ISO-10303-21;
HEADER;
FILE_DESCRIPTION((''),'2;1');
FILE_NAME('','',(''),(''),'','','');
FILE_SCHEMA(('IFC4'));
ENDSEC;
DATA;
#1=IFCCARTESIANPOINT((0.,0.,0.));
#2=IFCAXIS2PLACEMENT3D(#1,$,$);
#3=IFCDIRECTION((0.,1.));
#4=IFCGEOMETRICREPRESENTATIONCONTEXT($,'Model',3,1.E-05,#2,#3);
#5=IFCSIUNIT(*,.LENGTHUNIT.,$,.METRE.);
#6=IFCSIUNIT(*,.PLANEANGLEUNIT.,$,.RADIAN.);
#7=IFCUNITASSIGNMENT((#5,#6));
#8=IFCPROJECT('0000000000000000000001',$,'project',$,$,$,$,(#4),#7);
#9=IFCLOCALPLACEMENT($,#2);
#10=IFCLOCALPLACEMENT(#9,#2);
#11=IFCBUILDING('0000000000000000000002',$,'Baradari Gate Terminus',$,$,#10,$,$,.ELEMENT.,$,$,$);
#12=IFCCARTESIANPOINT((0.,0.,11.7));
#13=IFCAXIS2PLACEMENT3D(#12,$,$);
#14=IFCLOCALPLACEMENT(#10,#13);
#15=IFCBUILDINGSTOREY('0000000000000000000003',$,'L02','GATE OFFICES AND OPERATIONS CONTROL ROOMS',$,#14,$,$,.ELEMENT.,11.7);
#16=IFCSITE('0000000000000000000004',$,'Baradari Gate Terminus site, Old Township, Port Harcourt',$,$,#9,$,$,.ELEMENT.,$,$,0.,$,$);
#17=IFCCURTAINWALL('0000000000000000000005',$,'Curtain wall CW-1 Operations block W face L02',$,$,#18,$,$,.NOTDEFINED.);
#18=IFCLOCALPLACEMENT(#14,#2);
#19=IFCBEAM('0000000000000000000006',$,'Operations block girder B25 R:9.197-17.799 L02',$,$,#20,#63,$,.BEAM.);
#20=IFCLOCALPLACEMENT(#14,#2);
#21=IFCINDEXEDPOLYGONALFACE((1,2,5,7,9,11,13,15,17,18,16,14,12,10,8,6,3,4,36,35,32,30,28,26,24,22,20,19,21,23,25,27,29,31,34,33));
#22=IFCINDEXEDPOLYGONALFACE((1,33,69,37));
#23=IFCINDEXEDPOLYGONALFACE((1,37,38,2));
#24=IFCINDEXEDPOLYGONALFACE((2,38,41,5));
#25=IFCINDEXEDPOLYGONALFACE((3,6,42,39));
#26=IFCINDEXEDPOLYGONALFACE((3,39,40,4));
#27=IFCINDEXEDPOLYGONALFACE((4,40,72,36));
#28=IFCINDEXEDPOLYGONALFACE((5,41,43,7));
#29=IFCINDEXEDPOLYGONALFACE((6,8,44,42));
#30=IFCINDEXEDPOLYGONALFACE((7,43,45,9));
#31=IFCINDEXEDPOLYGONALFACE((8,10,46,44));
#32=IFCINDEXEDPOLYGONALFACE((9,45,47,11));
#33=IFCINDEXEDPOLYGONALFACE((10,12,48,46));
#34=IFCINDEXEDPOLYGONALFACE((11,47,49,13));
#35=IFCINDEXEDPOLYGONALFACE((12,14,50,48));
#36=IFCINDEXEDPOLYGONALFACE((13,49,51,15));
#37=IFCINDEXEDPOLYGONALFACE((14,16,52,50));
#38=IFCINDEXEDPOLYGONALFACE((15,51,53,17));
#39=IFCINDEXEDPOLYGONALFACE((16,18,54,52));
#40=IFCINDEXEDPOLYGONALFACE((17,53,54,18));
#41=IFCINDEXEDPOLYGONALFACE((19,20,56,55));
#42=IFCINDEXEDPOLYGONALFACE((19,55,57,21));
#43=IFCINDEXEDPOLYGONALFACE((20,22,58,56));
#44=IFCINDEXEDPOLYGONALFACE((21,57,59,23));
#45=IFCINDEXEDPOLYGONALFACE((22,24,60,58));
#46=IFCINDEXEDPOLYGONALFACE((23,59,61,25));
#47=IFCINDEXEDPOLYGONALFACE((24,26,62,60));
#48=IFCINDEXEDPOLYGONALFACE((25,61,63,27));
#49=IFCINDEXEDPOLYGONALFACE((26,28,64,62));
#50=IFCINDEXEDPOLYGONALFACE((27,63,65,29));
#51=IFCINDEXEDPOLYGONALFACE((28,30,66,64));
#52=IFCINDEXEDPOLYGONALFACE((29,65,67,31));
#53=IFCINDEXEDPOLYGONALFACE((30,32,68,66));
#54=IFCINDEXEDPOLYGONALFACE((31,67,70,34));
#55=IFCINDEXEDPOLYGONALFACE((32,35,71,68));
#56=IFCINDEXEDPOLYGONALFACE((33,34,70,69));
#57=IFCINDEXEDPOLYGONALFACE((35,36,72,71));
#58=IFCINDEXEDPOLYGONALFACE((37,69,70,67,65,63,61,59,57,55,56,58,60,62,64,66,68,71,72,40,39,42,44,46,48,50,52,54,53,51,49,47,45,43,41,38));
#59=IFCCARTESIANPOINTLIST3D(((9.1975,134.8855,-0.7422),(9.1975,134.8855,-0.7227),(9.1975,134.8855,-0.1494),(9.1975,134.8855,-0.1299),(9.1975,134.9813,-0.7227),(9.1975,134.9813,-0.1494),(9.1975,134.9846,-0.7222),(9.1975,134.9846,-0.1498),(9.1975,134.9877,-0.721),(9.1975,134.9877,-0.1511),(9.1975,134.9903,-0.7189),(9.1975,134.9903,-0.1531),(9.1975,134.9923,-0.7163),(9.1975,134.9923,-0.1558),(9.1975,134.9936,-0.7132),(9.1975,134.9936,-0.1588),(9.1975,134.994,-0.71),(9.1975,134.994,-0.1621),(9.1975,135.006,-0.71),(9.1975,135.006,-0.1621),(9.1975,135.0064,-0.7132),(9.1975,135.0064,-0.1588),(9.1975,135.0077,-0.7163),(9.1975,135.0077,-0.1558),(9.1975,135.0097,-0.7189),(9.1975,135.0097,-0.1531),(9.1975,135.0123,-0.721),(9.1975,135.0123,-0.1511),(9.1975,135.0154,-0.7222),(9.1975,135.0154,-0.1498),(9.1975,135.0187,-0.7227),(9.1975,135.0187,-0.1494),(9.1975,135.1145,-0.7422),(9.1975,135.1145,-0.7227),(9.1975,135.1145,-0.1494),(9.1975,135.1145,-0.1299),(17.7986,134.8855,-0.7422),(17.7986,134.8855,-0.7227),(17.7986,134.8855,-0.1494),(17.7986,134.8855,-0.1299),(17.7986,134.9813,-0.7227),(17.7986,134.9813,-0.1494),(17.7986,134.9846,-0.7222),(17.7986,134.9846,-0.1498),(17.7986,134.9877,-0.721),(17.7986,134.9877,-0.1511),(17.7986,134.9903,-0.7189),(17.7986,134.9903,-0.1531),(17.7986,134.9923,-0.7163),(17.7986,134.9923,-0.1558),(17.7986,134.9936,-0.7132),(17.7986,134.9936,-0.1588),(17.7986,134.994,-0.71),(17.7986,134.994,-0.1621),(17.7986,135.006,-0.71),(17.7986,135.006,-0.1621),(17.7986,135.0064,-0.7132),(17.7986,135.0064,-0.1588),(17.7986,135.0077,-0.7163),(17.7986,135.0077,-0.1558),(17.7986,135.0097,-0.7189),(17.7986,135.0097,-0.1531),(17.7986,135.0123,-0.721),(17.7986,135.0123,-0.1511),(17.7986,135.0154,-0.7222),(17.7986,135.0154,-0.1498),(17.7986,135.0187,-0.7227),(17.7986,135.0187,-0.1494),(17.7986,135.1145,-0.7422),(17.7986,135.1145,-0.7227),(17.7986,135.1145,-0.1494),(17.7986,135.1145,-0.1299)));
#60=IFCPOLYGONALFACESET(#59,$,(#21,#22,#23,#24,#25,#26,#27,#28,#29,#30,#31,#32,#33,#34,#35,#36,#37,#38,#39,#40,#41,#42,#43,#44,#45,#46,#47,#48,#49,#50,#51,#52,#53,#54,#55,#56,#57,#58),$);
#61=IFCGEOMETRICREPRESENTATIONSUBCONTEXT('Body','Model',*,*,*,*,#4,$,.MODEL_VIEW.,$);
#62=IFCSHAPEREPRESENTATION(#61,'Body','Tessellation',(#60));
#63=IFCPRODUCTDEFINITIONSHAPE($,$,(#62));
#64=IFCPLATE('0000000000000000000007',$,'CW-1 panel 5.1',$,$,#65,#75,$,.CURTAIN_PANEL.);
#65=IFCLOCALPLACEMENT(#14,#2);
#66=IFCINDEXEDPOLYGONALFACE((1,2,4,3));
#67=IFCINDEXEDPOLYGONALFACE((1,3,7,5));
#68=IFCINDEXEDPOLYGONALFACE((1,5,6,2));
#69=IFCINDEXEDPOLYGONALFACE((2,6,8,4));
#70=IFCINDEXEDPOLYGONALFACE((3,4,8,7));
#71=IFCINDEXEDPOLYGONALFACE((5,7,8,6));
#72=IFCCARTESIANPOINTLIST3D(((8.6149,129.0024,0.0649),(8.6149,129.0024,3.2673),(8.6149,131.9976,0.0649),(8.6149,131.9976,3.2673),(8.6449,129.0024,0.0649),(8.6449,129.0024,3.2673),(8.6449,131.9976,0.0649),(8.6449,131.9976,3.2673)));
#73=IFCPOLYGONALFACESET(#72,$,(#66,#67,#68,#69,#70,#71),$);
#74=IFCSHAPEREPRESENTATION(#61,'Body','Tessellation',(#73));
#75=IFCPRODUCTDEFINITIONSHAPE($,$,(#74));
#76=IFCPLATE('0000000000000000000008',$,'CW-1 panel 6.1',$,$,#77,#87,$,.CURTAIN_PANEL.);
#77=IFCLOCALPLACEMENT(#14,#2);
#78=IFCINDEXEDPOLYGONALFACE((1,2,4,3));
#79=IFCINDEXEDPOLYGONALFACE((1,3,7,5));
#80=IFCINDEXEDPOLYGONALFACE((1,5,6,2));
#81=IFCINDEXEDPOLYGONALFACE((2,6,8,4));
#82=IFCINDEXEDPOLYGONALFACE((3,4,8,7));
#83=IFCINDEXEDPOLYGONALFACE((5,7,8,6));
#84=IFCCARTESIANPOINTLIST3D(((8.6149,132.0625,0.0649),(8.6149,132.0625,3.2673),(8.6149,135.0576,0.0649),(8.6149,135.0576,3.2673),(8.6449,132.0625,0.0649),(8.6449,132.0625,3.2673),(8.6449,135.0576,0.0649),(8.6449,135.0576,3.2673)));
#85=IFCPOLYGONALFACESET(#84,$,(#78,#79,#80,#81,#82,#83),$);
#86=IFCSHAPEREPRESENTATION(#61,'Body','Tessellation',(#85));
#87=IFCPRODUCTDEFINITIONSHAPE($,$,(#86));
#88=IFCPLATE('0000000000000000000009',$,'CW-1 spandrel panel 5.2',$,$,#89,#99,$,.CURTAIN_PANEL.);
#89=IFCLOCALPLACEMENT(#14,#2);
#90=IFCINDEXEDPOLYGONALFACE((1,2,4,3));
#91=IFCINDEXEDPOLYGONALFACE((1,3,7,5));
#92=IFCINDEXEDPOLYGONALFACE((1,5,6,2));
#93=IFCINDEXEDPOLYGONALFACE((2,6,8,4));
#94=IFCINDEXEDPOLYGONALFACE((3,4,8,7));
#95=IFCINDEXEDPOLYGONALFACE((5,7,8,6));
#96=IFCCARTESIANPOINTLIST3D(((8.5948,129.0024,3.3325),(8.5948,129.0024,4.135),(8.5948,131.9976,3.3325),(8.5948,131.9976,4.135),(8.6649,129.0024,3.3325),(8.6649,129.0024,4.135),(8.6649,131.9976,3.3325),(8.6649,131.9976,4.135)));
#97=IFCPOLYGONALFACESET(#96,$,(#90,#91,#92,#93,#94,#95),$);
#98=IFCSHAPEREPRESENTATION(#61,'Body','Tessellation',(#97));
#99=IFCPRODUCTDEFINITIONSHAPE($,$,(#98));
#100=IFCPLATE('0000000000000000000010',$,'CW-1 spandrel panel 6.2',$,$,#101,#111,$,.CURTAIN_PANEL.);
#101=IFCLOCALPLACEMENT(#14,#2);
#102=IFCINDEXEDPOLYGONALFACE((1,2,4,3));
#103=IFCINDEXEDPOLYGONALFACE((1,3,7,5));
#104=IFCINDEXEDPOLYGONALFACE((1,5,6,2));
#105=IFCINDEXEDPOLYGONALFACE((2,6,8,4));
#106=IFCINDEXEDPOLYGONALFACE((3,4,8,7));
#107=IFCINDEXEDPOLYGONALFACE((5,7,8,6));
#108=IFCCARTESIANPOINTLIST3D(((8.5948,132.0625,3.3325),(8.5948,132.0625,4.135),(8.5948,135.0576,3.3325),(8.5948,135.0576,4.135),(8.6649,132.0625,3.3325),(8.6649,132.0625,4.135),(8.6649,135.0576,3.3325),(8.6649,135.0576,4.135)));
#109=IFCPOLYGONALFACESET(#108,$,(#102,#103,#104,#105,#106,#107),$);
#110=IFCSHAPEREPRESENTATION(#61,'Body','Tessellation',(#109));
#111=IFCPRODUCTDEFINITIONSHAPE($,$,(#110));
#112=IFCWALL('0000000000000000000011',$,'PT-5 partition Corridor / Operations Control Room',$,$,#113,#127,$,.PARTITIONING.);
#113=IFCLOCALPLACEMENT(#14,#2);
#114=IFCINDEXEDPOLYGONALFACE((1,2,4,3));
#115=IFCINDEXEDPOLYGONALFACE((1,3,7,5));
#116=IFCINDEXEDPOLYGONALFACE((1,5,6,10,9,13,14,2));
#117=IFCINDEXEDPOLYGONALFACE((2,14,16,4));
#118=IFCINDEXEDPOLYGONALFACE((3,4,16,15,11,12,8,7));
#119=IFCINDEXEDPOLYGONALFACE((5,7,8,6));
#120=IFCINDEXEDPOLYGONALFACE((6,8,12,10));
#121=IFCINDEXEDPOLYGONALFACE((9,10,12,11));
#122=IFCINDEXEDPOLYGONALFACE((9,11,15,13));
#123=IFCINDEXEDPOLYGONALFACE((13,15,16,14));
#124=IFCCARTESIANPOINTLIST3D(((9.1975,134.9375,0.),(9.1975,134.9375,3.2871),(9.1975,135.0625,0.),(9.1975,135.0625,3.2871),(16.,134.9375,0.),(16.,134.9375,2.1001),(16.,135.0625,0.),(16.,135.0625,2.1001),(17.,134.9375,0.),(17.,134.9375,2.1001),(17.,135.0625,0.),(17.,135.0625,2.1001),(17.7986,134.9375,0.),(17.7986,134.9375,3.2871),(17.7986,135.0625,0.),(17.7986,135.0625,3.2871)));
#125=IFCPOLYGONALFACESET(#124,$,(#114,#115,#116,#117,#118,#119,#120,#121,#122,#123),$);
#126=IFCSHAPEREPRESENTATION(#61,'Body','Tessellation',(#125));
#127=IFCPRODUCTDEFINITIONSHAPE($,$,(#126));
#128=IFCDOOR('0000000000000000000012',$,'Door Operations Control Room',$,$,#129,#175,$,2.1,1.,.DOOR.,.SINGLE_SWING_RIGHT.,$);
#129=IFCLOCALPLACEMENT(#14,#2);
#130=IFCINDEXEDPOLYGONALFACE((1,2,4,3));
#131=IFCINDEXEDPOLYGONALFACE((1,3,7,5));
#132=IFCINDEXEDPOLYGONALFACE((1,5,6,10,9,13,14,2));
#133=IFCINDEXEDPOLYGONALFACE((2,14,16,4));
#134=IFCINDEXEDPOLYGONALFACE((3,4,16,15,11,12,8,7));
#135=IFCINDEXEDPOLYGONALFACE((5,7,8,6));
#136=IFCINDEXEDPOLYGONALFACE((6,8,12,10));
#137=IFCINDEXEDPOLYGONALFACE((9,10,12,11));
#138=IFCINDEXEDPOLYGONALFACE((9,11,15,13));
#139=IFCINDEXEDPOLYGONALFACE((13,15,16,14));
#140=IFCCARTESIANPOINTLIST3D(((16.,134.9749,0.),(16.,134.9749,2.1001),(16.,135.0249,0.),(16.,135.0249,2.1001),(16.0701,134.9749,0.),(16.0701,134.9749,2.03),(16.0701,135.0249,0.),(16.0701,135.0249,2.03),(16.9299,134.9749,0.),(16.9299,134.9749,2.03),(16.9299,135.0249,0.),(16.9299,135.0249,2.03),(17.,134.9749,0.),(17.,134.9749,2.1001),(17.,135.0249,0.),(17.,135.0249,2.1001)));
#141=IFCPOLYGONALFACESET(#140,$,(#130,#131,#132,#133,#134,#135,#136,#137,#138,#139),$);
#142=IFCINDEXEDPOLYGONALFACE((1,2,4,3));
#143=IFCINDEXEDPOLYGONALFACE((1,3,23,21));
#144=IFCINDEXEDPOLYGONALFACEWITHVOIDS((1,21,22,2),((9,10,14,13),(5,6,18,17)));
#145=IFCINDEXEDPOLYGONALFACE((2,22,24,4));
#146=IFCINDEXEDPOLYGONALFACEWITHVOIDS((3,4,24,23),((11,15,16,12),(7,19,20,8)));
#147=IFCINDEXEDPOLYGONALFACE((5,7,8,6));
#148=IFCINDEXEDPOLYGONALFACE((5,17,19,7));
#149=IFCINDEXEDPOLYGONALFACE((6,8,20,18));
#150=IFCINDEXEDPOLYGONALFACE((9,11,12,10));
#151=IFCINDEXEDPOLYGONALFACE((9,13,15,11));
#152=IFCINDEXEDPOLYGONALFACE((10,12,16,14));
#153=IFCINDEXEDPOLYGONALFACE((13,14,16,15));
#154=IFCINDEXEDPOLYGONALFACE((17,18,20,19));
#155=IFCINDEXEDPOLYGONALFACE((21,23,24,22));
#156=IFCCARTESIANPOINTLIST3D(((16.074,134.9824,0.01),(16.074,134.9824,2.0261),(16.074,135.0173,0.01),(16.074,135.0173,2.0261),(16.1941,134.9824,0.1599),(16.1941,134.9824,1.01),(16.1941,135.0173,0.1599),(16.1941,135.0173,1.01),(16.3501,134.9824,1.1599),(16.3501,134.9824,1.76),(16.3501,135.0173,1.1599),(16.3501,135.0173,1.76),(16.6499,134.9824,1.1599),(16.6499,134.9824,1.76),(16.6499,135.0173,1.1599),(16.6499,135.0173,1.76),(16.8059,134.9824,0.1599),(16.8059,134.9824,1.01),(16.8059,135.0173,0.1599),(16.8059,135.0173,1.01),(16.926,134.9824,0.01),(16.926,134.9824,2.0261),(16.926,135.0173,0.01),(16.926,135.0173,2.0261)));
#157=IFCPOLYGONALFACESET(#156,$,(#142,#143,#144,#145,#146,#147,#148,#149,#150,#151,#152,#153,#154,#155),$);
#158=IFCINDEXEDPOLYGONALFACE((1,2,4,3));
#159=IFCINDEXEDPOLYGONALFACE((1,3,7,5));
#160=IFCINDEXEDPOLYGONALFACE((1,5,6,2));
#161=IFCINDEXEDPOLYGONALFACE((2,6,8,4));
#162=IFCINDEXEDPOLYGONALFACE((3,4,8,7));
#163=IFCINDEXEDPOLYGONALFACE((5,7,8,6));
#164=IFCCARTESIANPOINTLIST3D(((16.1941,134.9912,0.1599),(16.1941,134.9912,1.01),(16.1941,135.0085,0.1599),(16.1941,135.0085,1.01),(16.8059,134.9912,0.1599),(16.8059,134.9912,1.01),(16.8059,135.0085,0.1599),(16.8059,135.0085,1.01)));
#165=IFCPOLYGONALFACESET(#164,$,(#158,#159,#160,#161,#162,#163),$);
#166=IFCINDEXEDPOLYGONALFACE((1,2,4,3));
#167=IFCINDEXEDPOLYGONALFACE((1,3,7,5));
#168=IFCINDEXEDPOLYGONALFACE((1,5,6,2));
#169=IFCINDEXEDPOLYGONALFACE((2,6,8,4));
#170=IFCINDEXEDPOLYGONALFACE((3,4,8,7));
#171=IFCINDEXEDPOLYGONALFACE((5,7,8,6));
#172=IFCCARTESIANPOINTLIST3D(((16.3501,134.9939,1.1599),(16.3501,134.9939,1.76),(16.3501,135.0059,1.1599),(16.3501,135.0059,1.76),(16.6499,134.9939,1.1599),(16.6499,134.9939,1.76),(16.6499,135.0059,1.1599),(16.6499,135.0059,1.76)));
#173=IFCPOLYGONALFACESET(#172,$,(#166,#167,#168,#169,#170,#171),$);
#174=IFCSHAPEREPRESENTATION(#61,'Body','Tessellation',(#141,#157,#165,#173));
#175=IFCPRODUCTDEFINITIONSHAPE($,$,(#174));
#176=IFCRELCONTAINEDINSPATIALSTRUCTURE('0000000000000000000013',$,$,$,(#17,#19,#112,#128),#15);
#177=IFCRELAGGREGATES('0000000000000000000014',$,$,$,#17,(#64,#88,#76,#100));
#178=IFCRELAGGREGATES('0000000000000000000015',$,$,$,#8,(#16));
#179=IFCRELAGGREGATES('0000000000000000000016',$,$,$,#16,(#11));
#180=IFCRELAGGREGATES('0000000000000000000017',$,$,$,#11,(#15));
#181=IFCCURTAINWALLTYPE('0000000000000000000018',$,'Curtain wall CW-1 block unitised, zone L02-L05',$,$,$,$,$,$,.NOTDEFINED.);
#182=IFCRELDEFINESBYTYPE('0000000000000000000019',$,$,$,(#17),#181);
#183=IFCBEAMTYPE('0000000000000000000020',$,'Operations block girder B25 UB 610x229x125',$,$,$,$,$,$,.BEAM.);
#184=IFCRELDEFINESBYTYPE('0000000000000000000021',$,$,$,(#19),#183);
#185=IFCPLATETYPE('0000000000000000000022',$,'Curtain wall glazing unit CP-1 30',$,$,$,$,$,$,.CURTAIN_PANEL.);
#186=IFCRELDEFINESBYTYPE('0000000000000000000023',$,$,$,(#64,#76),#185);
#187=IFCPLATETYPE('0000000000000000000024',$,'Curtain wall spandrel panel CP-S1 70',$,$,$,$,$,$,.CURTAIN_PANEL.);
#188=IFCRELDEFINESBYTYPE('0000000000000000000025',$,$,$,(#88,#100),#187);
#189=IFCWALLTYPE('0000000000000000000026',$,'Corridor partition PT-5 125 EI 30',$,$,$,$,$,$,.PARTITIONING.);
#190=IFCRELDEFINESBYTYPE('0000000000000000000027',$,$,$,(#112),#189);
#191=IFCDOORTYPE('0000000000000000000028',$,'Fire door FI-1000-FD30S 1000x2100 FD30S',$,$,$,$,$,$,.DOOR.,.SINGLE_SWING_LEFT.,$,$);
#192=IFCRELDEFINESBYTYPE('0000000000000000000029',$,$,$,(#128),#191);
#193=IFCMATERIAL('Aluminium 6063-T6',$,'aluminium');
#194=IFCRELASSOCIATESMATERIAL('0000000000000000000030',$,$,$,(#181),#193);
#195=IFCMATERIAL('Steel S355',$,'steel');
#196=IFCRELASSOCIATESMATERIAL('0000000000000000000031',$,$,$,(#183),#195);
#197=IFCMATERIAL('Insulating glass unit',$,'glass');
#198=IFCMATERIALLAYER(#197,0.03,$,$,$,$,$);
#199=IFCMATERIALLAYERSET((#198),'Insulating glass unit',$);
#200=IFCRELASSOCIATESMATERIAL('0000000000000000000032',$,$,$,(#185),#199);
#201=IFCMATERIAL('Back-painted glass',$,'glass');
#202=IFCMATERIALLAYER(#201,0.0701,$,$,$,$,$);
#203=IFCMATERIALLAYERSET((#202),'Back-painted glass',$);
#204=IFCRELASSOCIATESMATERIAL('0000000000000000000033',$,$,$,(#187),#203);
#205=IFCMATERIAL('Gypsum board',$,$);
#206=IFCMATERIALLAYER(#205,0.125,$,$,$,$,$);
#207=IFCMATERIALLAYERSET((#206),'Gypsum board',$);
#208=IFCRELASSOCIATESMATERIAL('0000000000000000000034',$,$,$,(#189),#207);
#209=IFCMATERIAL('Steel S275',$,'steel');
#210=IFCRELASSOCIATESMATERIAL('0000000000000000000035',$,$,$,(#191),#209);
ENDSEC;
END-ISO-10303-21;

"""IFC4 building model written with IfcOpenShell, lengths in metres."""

from ifc_helpers import new_model, si_unit, direction, frame, frame_2d, origin, origin_2d, place, context, subcontext, project, spatial, polyline, rectangle, i_section, outline, extrude, material, layer, layer_set, material_profile, profile_set, type_object, element, fill, aggregate, save


model = new_model("IFC4")

# Units and contexts
model_context = context("Model", 3, precision=1e-05, world=origin(), true_north=direction((0.0, 1.0)))
body_context = subcontext(model_context, "Body", "Model", "MODEL_VIEW")
ifc_project = project(units=[si_unit("LENGTHUNIT", "METRE"), si_unit("PLANEANGLEUNIT", "RADIAN")], contexts=[model_context])

# Site, building, storey
site_placement = place(None, origin())
site = spatial("IfcSite", under=ifc_project, at=site_placement, Name="Baradari Gate Terminus site, Old Township, Port Harcourt", CompositionType="ELEMENT", RefElevation=0.0)
building_placement = place(site_placement, origin())
building = spatial("IfcBuilding", under=site, at=building_placement, Name="Baradari Gate Terminus", CompositionType="ELEMENT")
storey_placement = place(building_placement, frame((0.0, 0.0, 11.7)))
storey = spatial("IfcBuildingStorey", under=building, at=storey_placement, Name="L02", Description="GATE OFFICES AND OPERATIONS CONTROL ROOMS", CompositionType="ELEMENT", Elevation=11.7)

# Curtain wall
ifc_material_1 = material(Name="Aluminium 6063-T6", Category="aluminium")
curtain_wall_type = type_object("IfcCurtainWallType", Name="Curtain wall CW-1 block unitised, zone L02-L05", PredefinedType="NOTDEFINED", material=ifc_material_1)
curtain_wall_placement = place(storey_placement, origin())
curtain_wall = element("IfcCurtainWall", 1, at=curtain_wall_placement, inside=storey, type_object=curtain_wall_type, Name="Curtain wall CW-1 Operations block W face L02", PredefinedType="NOTDEFINED")

# Beam
ifc_material_2 = material(Name="Steel S355", Category="steel")
ifc_material_profile_1 = material_profile(ifc_material_2, i_section(OverallWidth=0.229, OverallDepth=0.6123, WebThickness=0.012, FlangeThickness=0.0195, FilletRadius=0.0127, at=origin_2d()), Name="UB 610x229x125")
ifc_profile_set_1 = profile_set([ifc_material_profile_1], Name="Steel S355")
beam_type = type_object("IfcBeamType", Name="Operations block girder B25 UB 610x229x125", PredefinedType="BEAM", material=ifc_profile_set_1)
beam_placement = place(storey_placement, frame((9.1975, 135.0, -0.436), z_axis=(1.0, 0.0, 0.0), x_axis=(0.0, 1.0, 0.0)))
element("IfcBeam", 2, at=beam_placement, inside=storey, type_object=beam_type, Name="Operations block girder B25 R:9.197-17.799 L02", PredefinedType="BEAM", context=body_context, shape_type="SweptSolid", body=[
    extrude(i_section(OverallWidth=0.229, OverallDepth=0.6123, WebThickness=0.012, FlangeThickness=0.0195, FilletRadius=0.0127, at=origin_2d()), origin(), (0.0, 0.0, 1.0), 8.6011),
])

# Plates
ifc_material_3 = material(Name="Insulating glass unit", Category="glass")
ifc_layer_1 = layer(ifc_material_3, 0.03)
ifc_layer_set_1 = layer_set([ifc_layer_1], Name="Insulating glass unit")
plate_type_1 = type_object("IfcPlateType", Name="Curtain wall glazing unit CP-1 30", PredefinedType="CURTAIN_PANEL", material=ifc_layer_set_1)
plate_1_placement = place(storey_placement, frame((8.6299, 130.5, 0.0649), z_axis=(0.0, 0.0, 1.0), x_axis=(0.0, 1.0, 0.0)))
plate_1 = element("IfcPlate", 3, at=plate_1_placement, type_object=plate_type_1, Name="CW-1 panel 5.1", PredefinedType="CURTAIN_PANEL", context=body_context, shape_type="SweptSolid", body=[
    extrude(rectangle(XDim=2.9951, YDim=0.03, at=origin_2d()), origin(), (0.0, 0.0, 1.0), 3.2024),
])
plate_2_placement = place(storey_placement, frame((8.6299, 133.5601, 0.0649), z_axis=(0.0, 0.0, 1.0), x_axis=(0.0, 1.0, 0.0)))
plate_2 = element("IfcPlate", 4, at=plate_2_placement, type_object=plate_type_1, Name="CW-1 panel 6.1", PredefinedType="CURTAIN_PANEL", context=body_context, shape_type="SweptSolid", body=[
    extrude(rectangle(XDim=2.9951, YDim=0.03, at=origin_2d()), origin(), (0.0, 0.0, 1.0), 3.2024),
])
ifc_material_4 = material(Name="Back-painted glass", Category="glass")
ifc_layer_2 = layer(ifc_material_4, 0.0701)
ifc_layer_set_2 = layer_set([ifc_layer_2], Name="Back-painted glass")
plate_type_2 = type_object("IfcPlateType", Name="Curtain wall spandrel panel CP-S1 70", PredefinedType="CURTAIN_PANEL", material=ifc_layer_set_2)
plate_3_placement = place(storey_placement, frame((8.6299, 130.5, 3.3325), z_axis=(0.0, 0.0, 1.0), x_axis=(0.0, 1.0, 0.0)))
plate_3 = element("IfcPlate", 5, at=plate_3_placement, type_object=plate_type_2, Name="CW-1 spandrel panel 5.2", PredefinedType="CURTAIN_PANEL", context=body_context, shape_type="SweptSolid", body=[
    extrude(rectangle(XDim=2.9951, YDim=0.0701, at=origin_2d()), origin(), (0.0, 0.0, 1.0), 0.8025),
])
plate_4_placement = place(storey_placement, frame((8.6299, 133.5601, 3.3325), z_axis=(0.0, 0.0, 1.0), x_axis=(0.0, 1.0, 0.0)))
plate_4 = element("IfcPlate", 6, at=plate_4_placement, type_object=plate_type_2, Name="CW-1 spandrel panel 6.2", PredefinedType="CURTAIN_PANEL", context=body_context, shape_type="SweptSolid", body=[
    extrude(rectangle(XDim=2.9951, YDim=0.0701, at=origin_2d()), origin(), (0.0, 0.0, 1.0), 0.8025),
])
aggregate(curtain_wall, [plate_1, plate_3, plate_2, plate_4])

# Wall, opening, door
ifc_material_5 = material(Name="Gypsum board")
ifc_layer_3 = layer(ifc_material_5, 0.125)
ifc_layer_set_3 = layer_set([ifc_layer_3], Name="Gypsum board")
wall_type_1 = type_object("IfcWallType", Name="Corridor partition PT-5 125 EI 30", PredefinedType="PARTITIONING", material=ifc_layer_set_3)
wall_1_placement = place(storey_placement, frame((9.1975, 135.0, 0.0), z_axis=(0.0, 0.0, 1.0), x_axis=(1.0, 0.0, 0.0)))
wall_1 = element("IfcWall", 7, at=wall_1_placement, inside=storey, type_object=wall_type_1, Name="PT-5 partition Corridor / Operations Control Room", PredefinedType="PARTITIONING", context=body_context, shape_type="SweptSolid", body=[
    extrude(rectangle(XDim=8.6011, YDim=0.125, at=frame_2d((4.3005, 0.0))), origin(), (0.0, 0.0, 1.0), 3.2871),
])
opening_1_placement = place(wall_1_placement, frame((6.8025, 0.0, 0.0)))
opening_1 = element("IfcOpeningElement", 8, at=opening_1_placement, cuts=wall_1, PredefinedType="OPENING", context=body_context, shape_type="SweptSolid", body=[
    extrude(rectangle(XDim=1.0, YDim=2.1001, at=frame_2d((0.5, 1.05))), frame((0.0, 0.0725, 0.0), z_axis=(0.0, -1.0, 0.0), x_axis=(1.0, 0.0, 0.0)), (0.0, 0.0, 1.0), 0.145),
])
ifc_material_6 = material(Name="Steel S275", Category="steel")
door_type_1 = type_object("IfcDoorType", Name="Fire door FI-1000-FD30S 1000x2100 FD30S", OperationType="SINGLE_SWING_LEFT", PredefinedType="DOOR", material=ifc_material_6)
door_1_placement = place(opening_1_placement, origin())
door_1 = element("IfcDoor", 9, at=door_1_placement, inside=storey, type_object=door_type_1, Name="Door Operations Control Room", OperationType="SINGLE_SWING_RIGHT", OverallHeight=2.1, OverallWidth=1.0, PredefinedType="DOOR", context=body_context, shape_type="SweptSolid", body=[
    extrude(outline(polyline([(0.0, 0.0), (0.0701, 0.0), (0.0701, 2.03), (0.9299, 2.03), (0.9299, 0.0), (1.0, 0.0), (1.0, 2.1001), (0.0, 2.1001), (0.0, 0.0)])), frame((0.0, 0.0249, 0.0), z_axis=(0.0, -1.0, 0.0), x_axis=(1.0, 0.0, 0.0)), (0.0, 0.0, 1.0), 0.05),
    extrude(outline(polyline([(0.074, 0.01), (0.926, 0.01), (0.926, 2.0261), (0.074, 2.0261), (0.074, 0.01)]), holes=[polyline([(0.1941, 0.1599), (0.8059, 0.1599), (0.8059, 1.01), (0.1941, 1.01), (0.1941, 0.1599)]), polyline([(0.3501, 1.1599), (0.6499, 1.1599), (0.6499, 1.76), (0.3501, 1.76), (0.3501, 1.1599)])]), frame((0.0, 0.0173, 0.0), z_axis=(0.0, -1.0, 0.0), x_axis=(1.0, 0.0, 0.0)), (0.0, 0.0, 1.0), 0.0349),
    extrude(rectangle(XDim=0.6118, YDim=0.8501, at=frame_2d((0.5, 0.585))), frame((0.0, 0.0085, 0.0), z_axis=(0.0, -1.0, 0.0), x_axis=(1.0, 0.0, 0.0)), (0.0, 0.0, 1.0), 0.0173),
    extrude(rectangle(XDim=0.2998, YDim=0.6001, at=frame_2d((0.5, 1.46))), frame((0.0, 0.0059, 0.0), z_axis=(0.0, -1.0, 0.0), x_axis=(1.0, 0.0, 0.0)), (0.0, 0.0, 1.0), 0.012),
])
fill(opening_1, door_1)

save(model, "model.ifc")
